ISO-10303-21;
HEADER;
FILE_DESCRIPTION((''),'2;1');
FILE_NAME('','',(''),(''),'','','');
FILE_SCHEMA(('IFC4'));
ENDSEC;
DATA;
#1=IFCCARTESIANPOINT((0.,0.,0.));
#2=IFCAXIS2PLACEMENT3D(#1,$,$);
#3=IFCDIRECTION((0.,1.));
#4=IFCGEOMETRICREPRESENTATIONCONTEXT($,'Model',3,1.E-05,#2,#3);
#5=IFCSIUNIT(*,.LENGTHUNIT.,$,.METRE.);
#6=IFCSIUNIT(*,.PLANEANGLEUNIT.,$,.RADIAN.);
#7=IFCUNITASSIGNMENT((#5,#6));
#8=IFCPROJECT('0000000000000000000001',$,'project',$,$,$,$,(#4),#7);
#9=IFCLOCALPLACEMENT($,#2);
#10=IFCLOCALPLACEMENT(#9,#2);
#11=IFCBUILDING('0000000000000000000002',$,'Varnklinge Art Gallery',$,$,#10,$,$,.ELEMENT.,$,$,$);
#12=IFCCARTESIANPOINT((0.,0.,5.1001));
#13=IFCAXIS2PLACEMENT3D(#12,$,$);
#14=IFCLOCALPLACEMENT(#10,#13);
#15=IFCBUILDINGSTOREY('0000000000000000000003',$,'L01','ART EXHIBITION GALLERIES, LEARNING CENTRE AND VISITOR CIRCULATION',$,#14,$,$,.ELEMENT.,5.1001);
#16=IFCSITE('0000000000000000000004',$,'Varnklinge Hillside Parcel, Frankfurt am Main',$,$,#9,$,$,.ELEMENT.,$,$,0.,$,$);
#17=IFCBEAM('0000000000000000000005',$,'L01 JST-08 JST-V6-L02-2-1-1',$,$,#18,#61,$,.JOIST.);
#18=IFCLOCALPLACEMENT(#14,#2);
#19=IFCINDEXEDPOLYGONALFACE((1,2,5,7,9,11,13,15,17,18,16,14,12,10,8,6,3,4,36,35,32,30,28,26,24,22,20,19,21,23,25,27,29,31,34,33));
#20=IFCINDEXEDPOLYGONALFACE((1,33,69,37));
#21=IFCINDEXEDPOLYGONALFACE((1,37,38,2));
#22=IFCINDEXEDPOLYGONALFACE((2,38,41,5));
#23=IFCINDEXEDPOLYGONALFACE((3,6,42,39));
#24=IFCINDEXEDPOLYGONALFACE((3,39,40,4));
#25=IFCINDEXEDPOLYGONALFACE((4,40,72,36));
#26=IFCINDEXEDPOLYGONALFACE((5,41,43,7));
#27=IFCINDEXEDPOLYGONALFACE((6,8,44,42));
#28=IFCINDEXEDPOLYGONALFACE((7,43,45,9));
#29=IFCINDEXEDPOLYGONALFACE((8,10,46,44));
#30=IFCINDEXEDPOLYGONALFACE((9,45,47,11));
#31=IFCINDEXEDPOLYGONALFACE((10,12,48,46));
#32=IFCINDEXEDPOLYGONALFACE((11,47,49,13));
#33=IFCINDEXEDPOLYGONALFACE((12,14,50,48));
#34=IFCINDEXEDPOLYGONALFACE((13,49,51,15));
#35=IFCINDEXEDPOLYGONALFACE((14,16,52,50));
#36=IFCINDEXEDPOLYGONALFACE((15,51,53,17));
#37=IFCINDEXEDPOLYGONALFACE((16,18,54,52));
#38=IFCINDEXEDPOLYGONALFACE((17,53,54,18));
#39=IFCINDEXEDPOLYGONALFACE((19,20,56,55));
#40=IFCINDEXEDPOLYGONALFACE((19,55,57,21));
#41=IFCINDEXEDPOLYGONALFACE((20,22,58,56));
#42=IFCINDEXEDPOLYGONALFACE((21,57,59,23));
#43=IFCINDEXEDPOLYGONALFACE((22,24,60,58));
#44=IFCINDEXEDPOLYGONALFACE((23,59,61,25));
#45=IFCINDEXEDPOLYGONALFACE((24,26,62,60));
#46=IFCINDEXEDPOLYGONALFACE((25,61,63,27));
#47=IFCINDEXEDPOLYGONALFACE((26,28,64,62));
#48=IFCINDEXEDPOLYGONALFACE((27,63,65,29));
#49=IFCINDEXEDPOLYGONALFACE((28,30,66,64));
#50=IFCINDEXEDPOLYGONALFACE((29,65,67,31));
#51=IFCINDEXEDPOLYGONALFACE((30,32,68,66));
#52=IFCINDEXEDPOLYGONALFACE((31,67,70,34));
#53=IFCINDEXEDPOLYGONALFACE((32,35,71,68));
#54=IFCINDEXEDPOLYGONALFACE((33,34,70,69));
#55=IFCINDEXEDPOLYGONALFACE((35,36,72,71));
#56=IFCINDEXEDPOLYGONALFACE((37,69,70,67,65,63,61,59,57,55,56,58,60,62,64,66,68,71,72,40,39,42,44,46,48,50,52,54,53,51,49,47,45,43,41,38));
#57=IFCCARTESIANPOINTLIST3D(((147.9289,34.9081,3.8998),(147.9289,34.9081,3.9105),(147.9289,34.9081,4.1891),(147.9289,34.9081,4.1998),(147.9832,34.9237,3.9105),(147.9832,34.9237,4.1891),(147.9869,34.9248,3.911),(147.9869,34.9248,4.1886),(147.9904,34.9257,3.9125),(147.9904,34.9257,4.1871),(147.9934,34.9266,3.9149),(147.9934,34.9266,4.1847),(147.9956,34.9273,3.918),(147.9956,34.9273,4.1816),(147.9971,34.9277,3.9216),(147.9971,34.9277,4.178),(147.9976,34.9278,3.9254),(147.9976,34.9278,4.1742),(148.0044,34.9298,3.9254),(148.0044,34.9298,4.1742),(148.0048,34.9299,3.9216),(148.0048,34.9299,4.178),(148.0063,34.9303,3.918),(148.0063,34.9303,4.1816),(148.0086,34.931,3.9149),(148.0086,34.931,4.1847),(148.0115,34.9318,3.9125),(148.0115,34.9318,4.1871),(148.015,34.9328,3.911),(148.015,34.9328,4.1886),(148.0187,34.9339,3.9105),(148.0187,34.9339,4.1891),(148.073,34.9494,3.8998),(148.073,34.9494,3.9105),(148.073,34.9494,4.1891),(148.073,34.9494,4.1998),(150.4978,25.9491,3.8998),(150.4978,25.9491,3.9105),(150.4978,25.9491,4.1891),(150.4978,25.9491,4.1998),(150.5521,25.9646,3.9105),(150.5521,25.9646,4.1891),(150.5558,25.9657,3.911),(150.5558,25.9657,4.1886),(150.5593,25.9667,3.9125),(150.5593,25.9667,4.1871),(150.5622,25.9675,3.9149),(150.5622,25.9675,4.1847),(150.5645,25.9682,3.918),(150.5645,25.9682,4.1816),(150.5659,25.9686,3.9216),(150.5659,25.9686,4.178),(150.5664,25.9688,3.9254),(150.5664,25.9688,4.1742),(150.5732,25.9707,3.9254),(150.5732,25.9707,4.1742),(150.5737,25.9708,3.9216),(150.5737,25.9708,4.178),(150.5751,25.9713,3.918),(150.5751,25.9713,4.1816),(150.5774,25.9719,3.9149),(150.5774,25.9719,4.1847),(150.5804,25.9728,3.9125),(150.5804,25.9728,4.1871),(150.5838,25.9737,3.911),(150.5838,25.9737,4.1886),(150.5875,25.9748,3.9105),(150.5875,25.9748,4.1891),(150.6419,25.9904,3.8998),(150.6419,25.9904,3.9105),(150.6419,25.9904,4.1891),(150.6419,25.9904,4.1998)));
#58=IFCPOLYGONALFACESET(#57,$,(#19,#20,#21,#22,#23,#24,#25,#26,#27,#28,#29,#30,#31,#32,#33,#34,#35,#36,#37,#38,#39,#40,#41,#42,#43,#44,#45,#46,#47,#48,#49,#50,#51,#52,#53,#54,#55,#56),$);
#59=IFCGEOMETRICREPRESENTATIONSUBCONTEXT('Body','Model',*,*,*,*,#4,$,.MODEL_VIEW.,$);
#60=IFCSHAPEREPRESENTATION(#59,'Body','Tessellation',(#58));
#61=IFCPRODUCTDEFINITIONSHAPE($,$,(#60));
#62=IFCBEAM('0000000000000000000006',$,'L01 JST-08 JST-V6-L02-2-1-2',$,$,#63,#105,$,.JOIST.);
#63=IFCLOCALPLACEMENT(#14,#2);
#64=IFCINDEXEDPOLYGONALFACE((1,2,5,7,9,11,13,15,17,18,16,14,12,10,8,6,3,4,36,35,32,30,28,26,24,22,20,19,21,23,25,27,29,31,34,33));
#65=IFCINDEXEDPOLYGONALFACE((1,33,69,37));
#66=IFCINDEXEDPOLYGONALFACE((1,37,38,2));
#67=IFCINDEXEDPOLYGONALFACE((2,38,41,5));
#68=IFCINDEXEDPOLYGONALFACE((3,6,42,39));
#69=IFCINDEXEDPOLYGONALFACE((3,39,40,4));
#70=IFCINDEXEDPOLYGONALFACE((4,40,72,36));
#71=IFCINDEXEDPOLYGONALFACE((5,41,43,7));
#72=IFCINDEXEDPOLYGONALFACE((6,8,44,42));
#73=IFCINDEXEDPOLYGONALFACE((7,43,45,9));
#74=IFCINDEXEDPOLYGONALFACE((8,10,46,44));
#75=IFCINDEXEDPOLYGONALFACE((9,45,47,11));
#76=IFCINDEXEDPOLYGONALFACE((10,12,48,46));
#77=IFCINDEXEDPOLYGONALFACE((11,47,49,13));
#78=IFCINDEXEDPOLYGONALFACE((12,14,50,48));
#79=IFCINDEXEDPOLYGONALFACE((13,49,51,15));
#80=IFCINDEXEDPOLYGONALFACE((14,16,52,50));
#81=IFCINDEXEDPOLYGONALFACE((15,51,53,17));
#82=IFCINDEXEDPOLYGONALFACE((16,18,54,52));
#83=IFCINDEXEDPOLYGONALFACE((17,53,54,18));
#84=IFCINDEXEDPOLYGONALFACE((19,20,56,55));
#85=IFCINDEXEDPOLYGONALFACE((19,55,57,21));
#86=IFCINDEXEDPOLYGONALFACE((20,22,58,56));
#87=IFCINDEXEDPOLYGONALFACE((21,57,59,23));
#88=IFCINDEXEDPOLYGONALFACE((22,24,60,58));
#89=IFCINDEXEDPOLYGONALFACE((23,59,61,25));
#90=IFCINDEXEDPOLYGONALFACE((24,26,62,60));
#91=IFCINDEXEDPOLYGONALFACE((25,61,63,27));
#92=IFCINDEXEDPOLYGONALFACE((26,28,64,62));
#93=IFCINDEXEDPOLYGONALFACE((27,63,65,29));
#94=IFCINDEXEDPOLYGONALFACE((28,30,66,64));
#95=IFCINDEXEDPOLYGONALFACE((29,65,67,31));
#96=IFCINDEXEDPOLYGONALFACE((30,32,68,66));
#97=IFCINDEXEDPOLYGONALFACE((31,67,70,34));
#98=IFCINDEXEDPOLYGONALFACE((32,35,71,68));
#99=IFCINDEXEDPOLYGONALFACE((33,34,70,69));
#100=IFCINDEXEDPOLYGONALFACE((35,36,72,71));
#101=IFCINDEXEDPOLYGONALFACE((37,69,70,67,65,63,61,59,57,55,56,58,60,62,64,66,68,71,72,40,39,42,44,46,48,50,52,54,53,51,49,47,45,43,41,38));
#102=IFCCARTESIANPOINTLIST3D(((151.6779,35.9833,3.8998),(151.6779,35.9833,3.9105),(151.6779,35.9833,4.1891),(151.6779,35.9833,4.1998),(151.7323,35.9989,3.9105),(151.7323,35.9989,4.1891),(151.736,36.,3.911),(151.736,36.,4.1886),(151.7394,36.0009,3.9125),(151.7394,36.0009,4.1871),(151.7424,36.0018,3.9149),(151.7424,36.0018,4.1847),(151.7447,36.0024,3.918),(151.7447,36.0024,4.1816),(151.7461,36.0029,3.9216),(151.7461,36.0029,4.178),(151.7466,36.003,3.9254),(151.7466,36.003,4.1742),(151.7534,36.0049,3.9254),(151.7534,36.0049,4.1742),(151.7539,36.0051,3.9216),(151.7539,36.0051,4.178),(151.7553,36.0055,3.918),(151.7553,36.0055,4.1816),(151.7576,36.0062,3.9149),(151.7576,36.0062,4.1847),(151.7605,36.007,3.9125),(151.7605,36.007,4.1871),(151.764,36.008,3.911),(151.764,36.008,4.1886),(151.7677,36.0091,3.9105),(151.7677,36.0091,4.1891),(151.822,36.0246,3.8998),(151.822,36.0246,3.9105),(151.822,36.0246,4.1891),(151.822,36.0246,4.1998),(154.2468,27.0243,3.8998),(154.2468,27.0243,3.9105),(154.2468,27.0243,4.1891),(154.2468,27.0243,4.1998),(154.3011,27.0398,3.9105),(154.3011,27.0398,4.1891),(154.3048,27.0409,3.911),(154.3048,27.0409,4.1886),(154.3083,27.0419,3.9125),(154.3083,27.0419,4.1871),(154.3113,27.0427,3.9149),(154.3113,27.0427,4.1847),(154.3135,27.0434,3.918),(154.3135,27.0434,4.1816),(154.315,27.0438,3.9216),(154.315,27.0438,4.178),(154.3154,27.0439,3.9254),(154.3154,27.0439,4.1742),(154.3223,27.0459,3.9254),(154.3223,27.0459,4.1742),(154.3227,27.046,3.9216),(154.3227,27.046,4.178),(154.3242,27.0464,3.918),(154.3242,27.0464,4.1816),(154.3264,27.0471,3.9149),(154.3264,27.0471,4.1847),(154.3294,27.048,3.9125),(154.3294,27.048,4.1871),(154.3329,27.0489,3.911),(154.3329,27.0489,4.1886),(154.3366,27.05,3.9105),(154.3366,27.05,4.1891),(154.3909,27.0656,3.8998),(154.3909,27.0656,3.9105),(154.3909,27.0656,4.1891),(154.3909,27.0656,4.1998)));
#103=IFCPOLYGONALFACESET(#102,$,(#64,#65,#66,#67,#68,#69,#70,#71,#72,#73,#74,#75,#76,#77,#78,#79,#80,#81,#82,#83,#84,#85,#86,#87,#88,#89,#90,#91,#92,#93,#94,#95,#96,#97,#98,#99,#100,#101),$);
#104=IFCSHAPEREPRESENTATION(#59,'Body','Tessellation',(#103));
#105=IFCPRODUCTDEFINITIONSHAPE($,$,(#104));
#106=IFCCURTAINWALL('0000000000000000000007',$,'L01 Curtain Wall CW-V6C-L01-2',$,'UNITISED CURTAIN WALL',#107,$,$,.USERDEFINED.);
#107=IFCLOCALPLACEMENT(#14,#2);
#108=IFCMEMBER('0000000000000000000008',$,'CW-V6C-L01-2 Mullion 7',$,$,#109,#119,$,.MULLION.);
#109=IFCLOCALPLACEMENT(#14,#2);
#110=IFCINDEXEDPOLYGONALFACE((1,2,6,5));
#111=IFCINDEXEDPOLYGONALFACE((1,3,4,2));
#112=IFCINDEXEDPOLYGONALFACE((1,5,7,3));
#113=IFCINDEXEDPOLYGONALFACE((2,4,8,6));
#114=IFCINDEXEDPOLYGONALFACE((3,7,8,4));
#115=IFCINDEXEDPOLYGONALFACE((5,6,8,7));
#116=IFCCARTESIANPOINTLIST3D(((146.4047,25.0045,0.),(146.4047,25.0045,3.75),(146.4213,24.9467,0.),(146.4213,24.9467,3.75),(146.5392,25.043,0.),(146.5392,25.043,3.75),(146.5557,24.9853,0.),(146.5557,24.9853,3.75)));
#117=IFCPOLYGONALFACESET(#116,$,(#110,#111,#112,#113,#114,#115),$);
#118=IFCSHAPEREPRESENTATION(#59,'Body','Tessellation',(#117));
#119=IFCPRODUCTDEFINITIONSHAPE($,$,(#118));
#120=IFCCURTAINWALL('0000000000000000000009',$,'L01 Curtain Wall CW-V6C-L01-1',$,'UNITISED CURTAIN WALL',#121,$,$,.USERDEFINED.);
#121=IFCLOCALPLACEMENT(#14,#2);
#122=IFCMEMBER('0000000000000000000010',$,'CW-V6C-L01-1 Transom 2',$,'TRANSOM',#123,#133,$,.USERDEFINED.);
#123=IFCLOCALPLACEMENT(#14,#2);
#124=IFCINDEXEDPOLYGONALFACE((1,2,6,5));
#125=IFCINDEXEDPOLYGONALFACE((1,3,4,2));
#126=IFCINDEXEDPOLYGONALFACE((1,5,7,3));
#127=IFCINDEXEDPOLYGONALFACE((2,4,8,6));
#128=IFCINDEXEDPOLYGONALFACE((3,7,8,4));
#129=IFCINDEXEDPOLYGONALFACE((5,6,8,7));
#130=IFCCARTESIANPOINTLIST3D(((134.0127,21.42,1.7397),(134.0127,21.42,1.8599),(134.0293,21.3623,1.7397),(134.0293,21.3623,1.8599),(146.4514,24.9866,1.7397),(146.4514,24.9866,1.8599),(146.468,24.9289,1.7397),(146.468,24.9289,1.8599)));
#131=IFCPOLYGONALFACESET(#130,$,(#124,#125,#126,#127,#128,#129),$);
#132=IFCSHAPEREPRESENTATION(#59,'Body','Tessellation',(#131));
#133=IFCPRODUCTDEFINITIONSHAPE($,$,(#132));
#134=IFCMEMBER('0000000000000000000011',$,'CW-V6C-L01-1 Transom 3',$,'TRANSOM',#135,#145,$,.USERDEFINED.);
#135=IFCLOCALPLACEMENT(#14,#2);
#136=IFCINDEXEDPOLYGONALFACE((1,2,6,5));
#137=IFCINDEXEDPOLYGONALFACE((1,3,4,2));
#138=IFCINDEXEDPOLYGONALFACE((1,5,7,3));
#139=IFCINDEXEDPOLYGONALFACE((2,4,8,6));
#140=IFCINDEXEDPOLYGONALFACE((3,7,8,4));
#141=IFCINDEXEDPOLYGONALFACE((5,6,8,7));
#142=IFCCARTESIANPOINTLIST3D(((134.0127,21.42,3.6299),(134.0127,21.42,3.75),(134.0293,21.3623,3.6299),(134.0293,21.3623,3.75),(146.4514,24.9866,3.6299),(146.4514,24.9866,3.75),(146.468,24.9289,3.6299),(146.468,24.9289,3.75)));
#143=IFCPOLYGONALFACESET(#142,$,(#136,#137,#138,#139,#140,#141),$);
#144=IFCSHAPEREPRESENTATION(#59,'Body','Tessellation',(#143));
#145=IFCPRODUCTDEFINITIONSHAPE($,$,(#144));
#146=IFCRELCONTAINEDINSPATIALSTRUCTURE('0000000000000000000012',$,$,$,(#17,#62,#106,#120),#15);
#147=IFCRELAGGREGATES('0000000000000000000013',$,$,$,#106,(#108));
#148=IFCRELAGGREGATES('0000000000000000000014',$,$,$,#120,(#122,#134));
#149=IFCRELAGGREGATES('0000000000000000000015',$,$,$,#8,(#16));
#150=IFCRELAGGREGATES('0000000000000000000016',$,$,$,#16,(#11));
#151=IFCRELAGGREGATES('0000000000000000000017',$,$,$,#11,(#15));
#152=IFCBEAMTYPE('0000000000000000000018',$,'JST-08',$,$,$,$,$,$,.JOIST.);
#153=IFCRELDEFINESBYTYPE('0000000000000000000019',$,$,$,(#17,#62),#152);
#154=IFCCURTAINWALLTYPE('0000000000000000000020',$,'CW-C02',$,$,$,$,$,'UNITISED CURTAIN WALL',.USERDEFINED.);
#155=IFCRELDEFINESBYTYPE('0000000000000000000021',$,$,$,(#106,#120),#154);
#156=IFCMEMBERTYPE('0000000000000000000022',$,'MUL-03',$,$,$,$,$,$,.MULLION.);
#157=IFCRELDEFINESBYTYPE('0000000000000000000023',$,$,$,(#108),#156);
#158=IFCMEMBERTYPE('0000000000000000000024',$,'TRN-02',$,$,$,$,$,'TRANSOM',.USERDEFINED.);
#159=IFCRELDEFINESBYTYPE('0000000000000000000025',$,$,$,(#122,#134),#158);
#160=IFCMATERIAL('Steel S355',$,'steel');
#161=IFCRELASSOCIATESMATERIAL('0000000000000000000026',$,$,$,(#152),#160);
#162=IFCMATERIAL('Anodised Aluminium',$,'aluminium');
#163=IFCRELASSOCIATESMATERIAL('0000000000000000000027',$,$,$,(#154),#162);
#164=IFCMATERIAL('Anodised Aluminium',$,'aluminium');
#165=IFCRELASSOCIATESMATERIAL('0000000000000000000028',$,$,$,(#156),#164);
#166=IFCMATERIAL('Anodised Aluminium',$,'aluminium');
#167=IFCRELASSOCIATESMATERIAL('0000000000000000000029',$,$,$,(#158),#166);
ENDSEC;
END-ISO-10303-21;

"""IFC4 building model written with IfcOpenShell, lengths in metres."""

from ifc_helpers import new_model, si_unit, direction, frame, origin, origin_2d, place, context, subcontext, project, spatial, rectangle, i_section, extrude, material, material_profile, profile_set, type_object, element, aggregate, save


model = new_model("IFC4")

# Units and contexts
model_context = context("Model", 3, precision=1e-05, world=origin(), true_north=direction((0.0, 1.0)))
body_context = subcontext(model_context, "Body", "Model", "MODEL_VIEW")
ifc_project = project(units=[si_unit("LENGTHUNIT", "METRE"), si_unit("PLANEANGLEUNIT", "RADIAN")], contexts=[model_context])

# Site, building, storey
site_placement = place(None, origin())
site = spatial("IfcSite", under=ifc_project, at=site_placement, Name="Varnklinge Hillside Parcel, Frankfurt am Main", CompositionType="ELEMENT", RefElevation=0.0)
building_placement = place(site_placement, origin())
building = spatial("IfcBuilding", under=site, at=building_placement, Name="Varnklinge Art Gallery", CompositionType="ELEMENT")
storey_placement = place(building_placement, frame((0.0, 0.0, 5.1001)))
storey = spatial("IfcBuildingStorey", under=building, at=storey_placement, Name="L01", Description="ART EXHIBITION GALLERIES, LEARNING CENTRE AND VISITOR CIRCULATION", CompositionType="ELEMENT", Elevation=5.1001)

# Beams
ifc_material_1 = material(Name="Steel S355", Category="steel")
ifc_material_profile_1 = material_profile(ifc_material_1, i_section(OverallWidth=0.1499, OverallDepth=0.3, WebThickness=0.0071, FlangeThickness=0.0107, FilletRadius=0.0149, at=origin_2d()), Name="IPE 300")
ifc_profile_set_1 = profile_set([ifc_material_profile_1], Name="Steel S355")
beam_type_1 = type_object("IfcBeamType", Name="JST-08", PredefinedType="JOIST", material=ifc_profile_set_1)
for number, where, z_axis, x_axis, name in (
    (1, (150.5698, 25.9697, 4.0498), (-0.275627, 0.961265, 0.0), (-0.961265, -0.275627, 0.0), "L01 JST-08 JST-V6-L02-2-1-1"),
    (2, (154.3188, 27.0449, 4.0498), (-0.275627, 0.961265, 0.0), (-0.961265, -0.275627, 0.0), "L01 JST-08 JST-V6-L02-2-1-2"),
):
    element("IfcBeam", number, at=place(storey_placement, frame(where, z_axis=z_axis, x_axis=x_axis)), inside=storey, type_object=beam_type_1, Name=name, PredefinedType="JOIST", context=body_context, shape_type="SweptSolid", body=[
        extrude(i_section(OverallWidth=0.1499, OverallDepth=0.3, WebThickness=0.0071, FlangeThickness=0.0107, FilletRadius=0.0149, at=origin_2d()), origin(), (0.0, 0.0, 1.0), 9.3201),
    ])

# Curtain wall, member
ifc_material_2 = material(Name="Anodised Aluminium", Category="aluminium")
curtain_wall_type = type_object("IfcCurtainWallType", Name="CW-C02", ElementType="UNITISED CURTAIN WALL", PredefinedType="USERDEFINED", material=ifc_material_2)
curtain_wall_1_placement = place(storey_placement, origin())
curtain_wall_1 = element("IfcCurtainWall", 3, at=curtain_wall_1_placement, inside=storey, type_object=curtain_wall_type, Name="L01 Curtain Wall CW-V6C-L01-2", ObjectType="UNITISED CURTAIN WALL", PredefinedType="USERDEFINED")
ifc_material_3 = material(Name="Anodised Aluminium", Category="aluminium")
ifc_material_profile_2 = material_profile(ifc_material_3, rectangle(XDim=0.0601, YDim=0.1399, at=origin_2d()), Name="ALU 60x140")
ifc_profile_set_2 = profile_set([ifc_material_profile_2], Name="Anodised Aluminium")
member_type_1 = type_object("IfcMemberType", Name="MUL-03", PredefinedType="MULLION", material=ifc_profile_set_2)
member_1_placement = place(storey_placement, frame((146.4802, 24.9949, 0.0), z_axis=(0.0, 0.0, 1.0), x_axis=(0.275637, -0.961262, 0.0)))
member_1 = element("IfcMember", 4, at=member_1_placement, type_object=member_type_1, Name="CW-V6C-L01-2 Mullion 7", PredefinedType="MULLION", context=body_context, shape_type="SweptSolid", body=[
    extrude(rectangle(XDim=0.0601, YDim=0.1399, at=origin_2d()), origin(), (0.0, 0.0, 1.0), 3.75),
])
aggregate(curtain_wall_1, [member_1])

# Curtain wall, members
curtain_wall_2_placement = place(storey_placement, origin())
curtain_wall_2 = element("IfcCurtainWall", 5, at=curtain_wall_2_placement, inside=storey, type_object=curtain_wall_type, Name="L01 Curtain Wall CW-V6C-L01-1", ObjectType="UNITISED CURTAIN WALL", PredefinedType="USERDEFINED")
ifc_material_4 = material(Name="Anodised Aluminium", Category="aluminium")
ifc_material_profile_3 = material_profile(ifc_material_4, rectangle(XDim=0.0601, YDim=0.1201, at=origin_2d()), Name="ALU 60x120")
ifc_profile_set_3 = profile_set([ifc_material_profile_3], Name="Anodised Aluminium")
member_type_2 = type_object("IfcMemberType", Name="TRN-02", ElementType="TRANSOM", PredefinedType="USERDEFINED", material=ifc_profile_set_3)
member_2_placement = place(storey_placement, frame((146.4597, 24.9578, 1.7998), z_axis=(-0.961264, -0.275631, 0.0), x_axis=(0.275631, -0.961264, 0.0)))
member_2 = element("IfcMember", 6, at=member_2_placement, type_object=member_type_2, Name="CW-V6C-L01-1 Transom 2", ObjectType="TRANSOM", PredefinedType="USERDEFINED", context=body_context, shape_type="SweptSolid", body=[
    extrude(rectangle(XDim=0.0601, YDim=0.1201, at=origin_2d()), origin(), (0.0, 0.0, 1.0), 12.9399),
])
member_3_placement = place(storey_placement, frame((146.4597, 24.9578, 3.6899), z_axis=(-0.961264, -0.275631, 0.0), x_axis=(0.275631, -0.961264, 0.0)))
member_3 = element("IfcMember", 7, at=member_3_placement, type_object=member_type_2, Name="CW-V6C-L01-1 Transom 3", ObjectType="TRANSOM", PredefinedType="USERDEFINED", context=body_context, shape_type="SweptSolid", body=[
    extrude(rectangle(XDim=0.0601, YDim=0.1201, at=origin_2d()), origin(), (0.0, 0.0, 1.0), 12.9399),
])
aggregate(curtain_wall_2, [member_2, member_3])

save(model, "model.ifc")
